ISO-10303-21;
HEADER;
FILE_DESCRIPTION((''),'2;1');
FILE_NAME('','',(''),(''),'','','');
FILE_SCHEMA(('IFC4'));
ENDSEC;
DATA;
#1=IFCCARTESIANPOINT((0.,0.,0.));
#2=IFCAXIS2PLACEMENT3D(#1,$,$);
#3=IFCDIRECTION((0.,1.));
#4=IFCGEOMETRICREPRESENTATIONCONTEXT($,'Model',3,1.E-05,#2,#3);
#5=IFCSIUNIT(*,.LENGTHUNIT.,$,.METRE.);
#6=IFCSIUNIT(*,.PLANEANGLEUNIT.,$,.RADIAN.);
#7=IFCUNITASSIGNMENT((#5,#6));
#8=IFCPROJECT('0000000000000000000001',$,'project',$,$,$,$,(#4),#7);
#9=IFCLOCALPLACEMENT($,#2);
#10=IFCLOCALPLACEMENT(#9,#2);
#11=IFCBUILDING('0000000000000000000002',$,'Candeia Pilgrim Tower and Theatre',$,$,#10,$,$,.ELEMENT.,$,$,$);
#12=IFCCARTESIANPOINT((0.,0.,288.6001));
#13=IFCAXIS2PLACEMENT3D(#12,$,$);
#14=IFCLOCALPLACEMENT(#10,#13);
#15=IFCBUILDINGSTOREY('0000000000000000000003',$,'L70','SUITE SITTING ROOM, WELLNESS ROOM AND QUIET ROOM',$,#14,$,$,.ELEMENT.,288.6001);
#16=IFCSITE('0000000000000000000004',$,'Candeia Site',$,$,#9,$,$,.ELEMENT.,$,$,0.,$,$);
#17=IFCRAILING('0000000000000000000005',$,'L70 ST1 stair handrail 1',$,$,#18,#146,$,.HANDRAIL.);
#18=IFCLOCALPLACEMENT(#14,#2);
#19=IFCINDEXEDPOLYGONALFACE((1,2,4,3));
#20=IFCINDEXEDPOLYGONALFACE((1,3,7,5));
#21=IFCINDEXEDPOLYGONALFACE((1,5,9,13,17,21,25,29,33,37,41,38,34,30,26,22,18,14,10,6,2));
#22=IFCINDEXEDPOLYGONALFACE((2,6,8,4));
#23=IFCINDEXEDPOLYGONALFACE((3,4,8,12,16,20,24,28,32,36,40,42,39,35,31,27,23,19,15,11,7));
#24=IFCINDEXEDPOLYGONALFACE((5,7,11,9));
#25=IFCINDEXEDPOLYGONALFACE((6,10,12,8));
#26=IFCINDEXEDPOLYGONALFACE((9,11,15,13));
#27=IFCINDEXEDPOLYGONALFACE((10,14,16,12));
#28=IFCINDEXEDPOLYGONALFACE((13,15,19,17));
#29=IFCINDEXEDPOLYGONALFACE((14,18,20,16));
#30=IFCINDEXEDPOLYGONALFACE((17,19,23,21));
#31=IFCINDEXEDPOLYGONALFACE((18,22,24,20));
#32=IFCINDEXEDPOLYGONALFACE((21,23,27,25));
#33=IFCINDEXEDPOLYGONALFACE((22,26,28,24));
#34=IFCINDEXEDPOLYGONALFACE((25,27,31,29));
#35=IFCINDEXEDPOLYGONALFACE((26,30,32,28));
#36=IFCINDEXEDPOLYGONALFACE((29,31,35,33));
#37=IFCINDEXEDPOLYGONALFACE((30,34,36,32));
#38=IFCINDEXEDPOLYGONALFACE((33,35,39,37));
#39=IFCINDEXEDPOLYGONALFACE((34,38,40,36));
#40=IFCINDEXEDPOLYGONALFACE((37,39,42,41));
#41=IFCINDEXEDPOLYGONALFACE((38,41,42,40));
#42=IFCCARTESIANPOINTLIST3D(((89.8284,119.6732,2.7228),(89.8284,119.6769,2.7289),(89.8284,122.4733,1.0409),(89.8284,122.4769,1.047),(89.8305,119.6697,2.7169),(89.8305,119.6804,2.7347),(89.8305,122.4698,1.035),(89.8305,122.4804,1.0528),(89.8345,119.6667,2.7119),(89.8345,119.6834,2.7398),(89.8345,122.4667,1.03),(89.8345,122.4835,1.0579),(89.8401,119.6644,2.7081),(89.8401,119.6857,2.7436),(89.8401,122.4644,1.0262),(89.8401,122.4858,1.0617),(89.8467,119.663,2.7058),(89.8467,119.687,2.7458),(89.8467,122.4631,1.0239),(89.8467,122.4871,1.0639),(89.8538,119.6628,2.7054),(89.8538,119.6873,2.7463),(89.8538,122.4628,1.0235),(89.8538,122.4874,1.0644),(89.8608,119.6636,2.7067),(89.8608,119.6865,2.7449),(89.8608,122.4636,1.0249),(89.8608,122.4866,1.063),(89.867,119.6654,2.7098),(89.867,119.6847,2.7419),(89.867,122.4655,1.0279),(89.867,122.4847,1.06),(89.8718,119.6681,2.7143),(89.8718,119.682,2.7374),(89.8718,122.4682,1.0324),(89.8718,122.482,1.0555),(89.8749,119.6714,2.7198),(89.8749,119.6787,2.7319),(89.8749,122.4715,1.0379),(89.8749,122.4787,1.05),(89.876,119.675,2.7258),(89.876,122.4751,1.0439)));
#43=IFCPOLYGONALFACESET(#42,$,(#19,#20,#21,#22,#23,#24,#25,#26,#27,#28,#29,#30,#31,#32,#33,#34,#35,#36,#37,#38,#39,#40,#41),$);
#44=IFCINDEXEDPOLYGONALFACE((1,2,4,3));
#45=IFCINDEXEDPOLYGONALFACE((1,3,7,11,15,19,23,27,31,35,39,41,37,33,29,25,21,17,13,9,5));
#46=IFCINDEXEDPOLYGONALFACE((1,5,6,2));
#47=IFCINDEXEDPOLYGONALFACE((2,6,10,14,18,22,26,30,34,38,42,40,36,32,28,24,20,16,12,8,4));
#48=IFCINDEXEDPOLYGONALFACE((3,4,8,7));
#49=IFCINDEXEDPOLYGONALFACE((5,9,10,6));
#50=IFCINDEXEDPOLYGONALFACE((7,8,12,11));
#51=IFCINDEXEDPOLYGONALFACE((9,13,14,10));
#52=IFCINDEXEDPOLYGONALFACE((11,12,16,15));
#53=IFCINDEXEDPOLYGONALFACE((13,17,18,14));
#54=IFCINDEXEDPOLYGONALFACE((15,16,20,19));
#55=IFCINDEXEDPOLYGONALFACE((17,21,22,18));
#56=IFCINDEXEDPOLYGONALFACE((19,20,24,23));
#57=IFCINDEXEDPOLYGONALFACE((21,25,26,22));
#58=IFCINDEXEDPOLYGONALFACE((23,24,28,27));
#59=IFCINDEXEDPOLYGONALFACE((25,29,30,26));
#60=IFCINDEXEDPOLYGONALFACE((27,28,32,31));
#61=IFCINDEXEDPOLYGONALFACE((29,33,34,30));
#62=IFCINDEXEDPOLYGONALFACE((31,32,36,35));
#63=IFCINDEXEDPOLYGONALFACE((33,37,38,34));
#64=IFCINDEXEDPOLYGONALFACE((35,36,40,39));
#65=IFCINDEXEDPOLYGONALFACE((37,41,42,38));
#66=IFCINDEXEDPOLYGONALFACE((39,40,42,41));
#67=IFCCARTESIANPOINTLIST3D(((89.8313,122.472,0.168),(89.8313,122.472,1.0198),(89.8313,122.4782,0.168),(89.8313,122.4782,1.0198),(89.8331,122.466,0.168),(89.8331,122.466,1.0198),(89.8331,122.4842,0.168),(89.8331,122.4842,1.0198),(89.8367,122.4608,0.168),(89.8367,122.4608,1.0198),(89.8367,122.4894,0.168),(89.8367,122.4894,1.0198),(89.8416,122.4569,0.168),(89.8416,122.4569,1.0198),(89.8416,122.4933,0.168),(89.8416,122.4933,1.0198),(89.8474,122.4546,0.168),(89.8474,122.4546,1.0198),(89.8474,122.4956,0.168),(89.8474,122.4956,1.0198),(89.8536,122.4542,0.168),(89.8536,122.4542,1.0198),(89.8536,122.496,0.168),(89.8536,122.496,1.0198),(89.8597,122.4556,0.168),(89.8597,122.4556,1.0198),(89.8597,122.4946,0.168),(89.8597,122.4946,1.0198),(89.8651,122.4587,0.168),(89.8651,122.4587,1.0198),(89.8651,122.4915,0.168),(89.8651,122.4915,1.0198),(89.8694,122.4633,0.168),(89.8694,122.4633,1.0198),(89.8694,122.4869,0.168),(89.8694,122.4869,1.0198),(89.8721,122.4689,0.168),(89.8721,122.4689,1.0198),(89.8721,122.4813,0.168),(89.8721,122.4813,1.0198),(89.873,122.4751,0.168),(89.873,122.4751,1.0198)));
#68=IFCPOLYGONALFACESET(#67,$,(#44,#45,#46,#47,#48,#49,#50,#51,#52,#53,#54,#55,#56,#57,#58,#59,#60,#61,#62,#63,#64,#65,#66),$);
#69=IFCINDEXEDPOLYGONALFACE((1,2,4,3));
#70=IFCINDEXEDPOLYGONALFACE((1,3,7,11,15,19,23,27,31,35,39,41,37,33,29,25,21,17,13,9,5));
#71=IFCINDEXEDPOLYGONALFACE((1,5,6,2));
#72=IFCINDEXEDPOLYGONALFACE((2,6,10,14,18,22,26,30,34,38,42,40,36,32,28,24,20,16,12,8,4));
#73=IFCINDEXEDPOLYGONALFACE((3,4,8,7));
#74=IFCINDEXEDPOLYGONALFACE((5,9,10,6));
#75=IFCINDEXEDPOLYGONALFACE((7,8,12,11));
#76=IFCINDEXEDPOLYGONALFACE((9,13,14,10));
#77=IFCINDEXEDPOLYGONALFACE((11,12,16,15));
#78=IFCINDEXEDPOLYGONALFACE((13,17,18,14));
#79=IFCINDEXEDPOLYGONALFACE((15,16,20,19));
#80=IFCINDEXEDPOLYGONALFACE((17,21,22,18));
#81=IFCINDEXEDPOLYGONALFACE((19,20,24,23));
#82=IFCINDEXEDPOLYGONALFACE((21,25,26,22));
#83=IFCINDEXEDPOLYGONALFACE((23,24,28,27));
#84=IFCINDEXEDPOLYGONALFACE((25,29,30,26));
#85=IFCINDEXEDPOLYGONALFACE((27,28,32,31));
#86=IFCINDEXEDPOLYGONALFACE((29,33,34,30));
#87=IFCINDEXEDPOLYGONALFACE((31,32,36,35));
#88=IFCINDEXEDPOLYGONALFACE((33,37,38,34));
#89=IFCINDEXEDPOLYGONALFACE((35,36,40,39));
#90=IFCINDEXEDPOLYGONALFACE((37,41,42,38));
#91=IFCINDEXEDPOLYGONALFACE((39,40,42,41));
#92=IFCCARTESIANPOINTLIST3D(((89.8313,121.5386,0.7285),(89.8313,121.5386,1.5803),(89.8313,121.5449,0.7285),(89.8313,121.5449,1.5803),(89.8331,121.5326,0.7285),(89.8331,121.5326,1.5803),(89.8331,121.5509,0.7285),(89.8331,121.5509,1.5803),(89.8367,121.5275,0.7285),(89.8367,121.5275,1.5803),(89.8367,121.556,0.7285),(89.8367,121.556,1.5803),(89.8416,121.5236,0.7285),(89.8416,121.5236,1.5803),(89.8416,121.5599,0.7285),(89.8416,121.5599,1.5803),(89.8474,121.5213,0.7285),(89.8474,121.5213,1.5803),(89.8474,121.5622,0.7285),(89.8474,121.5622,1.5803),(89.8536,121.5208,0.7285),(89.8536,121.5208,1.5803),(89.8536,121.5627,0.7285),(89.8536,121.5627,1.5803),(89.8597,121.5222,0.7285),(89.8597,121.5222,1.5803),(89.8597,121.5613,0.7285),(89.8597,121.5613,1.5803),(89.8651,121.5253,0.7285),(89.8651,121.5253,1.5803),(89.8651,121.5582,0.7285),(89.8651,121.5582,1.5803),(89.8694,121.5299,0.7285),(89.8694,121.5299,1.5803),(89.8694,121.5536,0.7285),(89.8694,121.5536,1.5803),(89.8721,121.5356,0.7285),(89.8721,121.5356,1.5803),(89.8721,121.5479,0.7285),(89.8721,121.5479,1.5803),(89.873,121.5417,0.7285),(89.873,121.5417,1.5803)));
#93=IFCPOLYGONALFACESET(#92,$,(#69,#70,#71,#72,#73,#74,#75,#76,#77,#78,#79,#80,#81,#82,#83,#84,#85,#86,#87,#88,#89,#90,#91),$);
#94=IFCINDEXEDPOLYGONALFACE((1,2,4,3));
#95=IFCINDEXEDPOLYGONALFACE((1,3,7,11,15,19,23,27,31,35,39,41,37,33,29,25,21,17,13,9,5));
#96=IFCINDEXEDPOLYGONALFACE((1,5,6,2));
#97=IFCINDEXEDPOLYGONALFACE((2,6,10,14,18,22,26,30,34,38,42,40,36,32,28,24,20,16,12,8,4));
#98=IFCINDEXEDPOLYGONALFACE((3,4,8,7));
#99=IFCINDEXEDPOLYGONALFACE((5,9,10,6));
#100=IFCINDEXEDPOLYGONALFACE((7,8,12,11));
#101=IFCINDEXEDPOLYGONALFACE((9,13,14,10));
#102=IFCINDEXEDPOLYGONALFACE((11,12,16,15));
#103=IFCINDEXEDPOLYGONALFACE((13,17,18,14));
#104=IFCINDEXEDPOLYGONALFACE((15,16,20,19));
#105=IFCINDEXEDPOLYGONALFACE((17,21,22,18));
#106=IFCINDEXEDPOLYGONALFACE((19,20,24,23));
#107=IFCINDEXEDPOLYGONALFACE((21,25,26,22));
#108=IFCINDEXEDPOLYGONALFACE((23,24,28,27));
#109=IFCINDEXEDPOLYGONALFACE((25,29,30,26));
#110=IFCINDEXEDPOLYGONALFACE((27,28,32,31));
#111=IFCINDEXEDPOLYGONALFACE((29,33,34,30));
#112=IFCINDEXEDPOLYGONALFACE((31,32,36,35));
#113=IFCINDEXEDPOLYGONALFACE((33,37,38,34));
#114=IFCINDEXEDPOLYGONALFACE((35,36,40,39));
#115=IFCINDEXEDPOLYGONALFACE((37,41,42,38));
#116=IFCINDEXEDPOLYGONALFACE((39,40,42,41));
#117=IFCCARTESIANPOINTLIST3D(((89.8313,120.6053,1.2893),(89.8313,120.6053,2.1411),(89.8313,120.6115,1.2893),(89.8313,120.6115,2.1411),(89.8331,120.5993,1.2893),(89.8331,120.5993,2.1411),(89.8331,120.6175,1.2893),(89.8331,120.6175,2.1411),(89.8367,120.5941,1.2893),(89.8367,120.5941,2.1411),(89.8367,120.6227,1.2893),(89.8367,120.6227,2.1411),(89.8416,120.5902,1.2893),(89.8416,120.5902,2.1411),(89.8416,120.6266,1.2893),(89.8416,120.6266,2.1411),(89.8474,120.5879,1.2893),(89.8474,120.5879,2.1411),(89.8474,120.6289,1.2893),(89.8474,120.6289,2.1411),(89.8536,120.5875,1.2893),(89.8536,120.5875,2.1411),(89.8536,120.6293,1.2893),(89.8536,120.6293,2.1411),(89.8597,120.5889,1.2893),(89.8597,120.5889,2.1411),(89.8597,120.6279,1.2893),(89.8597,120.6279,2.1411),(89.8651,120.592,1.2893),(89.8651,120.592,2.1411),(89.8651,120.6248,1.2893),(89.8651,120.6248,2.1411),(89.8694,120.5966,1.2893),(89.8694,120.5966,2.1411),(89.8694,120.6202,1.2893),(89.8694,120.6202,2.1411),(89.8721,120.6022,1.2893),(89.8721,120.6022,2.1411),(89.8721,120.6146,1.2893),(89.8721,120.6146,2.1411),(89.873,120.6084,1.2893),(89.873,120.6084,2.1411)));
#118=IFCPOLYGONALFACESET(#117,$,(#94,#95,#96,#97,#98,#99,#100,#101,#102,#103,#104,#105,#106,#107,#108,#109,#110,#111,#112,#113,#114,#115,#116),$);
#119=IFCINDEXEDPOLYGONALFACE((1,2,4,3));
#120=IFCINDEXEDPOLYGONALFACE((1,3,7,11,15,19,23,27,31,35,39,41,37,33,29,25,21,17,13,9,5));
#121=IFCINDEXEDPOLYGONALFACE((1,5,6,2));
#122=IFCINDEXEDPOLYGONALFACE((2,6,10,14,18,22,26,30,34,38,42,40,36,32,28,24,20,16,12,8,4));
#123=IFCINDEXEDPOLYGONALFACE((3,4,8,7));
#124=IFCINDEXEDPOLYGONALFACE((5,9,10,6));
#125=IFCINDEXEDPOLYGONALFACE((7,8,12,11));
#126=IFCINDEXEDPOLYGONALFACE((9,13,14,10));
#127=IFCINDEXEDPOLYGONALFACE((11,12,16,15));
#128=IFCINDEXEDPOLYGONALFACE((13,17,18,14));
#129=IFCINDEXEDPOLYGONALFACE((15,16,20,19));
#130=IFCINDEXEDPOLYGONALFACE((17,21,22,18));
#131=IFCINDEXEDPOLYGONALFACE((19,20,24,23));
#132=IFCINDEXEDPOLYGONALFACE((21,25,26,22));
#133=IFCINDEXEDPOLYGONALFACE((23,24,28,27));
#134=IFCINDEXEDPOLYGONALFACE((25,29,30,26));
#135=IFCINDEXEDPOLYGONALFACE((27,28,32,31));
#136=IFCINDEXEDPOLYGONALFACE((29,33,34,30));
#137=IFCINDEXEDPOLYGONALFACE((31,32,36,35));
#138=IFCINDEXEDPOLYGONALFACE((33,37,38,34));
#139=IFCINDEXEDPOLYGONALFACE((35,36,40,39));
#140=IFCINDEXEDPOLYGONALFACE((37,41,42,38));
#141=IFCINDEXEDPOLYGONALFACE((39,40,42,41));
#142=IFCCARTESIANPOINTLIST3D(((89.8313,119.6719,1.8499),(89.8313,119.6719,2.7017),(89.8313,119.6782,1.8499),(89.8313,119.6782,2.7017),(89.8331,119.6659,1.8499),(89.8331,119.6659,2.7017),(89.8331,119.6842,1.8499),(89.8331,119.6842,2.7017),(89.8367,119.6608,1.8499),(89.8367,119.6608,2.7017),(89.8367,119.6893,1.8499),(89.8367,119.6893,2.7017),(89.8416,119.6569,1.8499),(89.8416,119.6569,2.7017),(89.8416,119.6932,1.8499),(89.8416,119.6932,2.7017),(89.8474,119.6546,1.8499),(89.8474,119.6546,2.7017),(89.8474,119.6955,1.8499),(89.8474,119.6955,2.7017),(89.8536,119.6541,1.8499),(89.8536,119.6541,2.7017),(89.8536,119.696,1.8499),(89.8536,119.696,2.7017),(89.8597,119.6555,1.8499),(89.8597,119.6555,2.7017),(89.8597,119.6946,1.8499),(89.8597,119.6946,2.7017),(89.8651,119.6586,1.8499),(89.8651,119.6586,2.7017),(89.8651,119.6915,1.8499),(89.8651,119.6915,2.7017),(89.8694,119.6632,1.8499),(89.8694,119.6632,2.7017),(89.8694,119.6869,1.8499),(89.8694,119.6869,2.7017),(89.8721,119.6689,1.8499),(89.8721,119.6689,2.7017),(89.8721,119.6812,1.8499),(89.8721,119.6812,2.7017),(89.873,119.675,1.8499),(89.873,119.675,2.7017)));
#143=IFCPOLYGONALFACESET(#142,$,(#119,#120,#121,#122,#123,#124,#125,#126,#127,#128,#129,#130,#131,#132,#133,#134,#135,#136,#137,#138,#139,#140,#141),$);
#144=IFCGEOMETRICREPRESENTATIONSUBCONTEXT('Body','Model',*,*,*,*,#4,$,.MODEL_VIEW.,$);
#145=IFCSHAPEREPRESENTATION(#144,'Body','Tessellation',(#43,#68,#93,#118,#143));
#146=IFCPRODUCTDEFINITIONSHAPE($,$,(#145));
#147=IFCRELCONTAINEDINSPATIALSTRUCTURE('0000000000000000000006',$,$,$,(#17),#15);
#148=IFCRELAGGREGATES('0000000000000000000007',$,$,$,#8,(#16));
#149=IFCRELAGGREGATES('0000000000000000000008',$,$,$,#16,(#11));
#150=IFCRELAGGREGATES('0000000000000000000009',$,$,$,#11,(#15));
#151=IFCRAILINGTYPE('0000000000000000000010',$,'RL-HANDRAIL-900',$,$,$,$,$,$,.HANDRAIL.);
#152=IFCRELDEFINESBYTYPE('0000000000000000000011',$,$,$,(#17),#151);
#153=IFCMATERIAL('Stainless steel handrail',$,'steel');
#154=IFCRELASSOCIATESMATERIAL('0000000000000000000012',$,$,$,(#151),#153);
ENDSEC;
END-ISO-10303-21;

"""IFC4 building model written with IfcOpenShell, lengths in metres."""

from ifc_helpers import new_model, si_unit, direction, frame, origin, origin_2d, place, context, subcontext, project, spatial, circle, extrude, material, type_object, element, save


model = new_model("IFC4")

# Units and contexts
model_context = context("Model", 3, precision=1e-05, world=origin(), true_north=direction((0.0, 1.0)))
body_context = subcontext(model_context, "Body", "Model", "MODEL_VIEW")
ifc_project = project(units=[si_unit("LENGTHUNIT", "METRE"), si_unit("PLANEANGLEUNIT", "RADIAN")], contexts=[model_context])

# Site, building, storey
site_placement = place(None, origin())
site = spatial("IfcSite", under=ifc_project, at=site_placement, Name="Candeia Site", CompositionType="ELEMENT", RefElevation=0.0)
building_placement = place(site_placement, origin())
building = spatial("IfcBuilding", under=site, at=building_placement, Name="Candeia Pilgrim Tower and Theatre", CompositionType="ELEMENT")
storey_placement = place(building_placement, frame((0.0, 0.0, 288.6001)))
storey = spatial("IfcBuildingStorey", under=building, at=storey_placement, Name="L70", Description="SUITE SITTING ROOM, WELLNESS ROOM AND QUIET ROOM", CompositionType="ELEMENT", Elevation=288.6001)

# Railing
ifc_material_1 = material(Name="Stainless steel handrail", Category="steel")
railing_type_1 = type_object("IfcRailingType", Name="RL-HANDRAIL-900", PredefinedType="HANDRAIL", material=ifc_material_1)
railing_1_placement = place(storey_placement, frame((89.8521, 122.4751, 0.168)))
element("IfcRailing", 1, at=railing_1_placement, inside=storey, type_object=railing_type_1, Name="L70 ST1 stair handrail 1", PredefinedType="HANDRAIL", context=body_context, shape_type="SweptSolid", body=[
    extrude(circle(Radius=0.0239, at=origin_2d()), frame((0.0, 0.0, 0.876), z_axis=(0.0, -0.857242, 0.514913), x_axis=(1.0, 0.0, 0.0)), (0.0, 0.0, 1.0), 3.2664),
    extrude(circle(Radius=0.021, at=origin_2d()), origin(), (0.0, 0.0, 1.0), 0.8518),
    extrude(circle(Radius=0.021, at=origin_2d()), frame((0.0, -0.9333, 0.5605)), (0.0, 0.0, 1.0), 0.8518),
    extrude(circle(Radius=0.021, at=origin_2d()), frame((0.0, -1.8667, 1.1213)), (0.0, 0.0, 1.0), 0.8518),
    extrude(circle(Radius=0.021, at=origin_2d()), frame((0.0, -2.8, 1.6819)), (0.0, 0.0, 1.0), 0.8518),
])

save(model, "model.ifc")
